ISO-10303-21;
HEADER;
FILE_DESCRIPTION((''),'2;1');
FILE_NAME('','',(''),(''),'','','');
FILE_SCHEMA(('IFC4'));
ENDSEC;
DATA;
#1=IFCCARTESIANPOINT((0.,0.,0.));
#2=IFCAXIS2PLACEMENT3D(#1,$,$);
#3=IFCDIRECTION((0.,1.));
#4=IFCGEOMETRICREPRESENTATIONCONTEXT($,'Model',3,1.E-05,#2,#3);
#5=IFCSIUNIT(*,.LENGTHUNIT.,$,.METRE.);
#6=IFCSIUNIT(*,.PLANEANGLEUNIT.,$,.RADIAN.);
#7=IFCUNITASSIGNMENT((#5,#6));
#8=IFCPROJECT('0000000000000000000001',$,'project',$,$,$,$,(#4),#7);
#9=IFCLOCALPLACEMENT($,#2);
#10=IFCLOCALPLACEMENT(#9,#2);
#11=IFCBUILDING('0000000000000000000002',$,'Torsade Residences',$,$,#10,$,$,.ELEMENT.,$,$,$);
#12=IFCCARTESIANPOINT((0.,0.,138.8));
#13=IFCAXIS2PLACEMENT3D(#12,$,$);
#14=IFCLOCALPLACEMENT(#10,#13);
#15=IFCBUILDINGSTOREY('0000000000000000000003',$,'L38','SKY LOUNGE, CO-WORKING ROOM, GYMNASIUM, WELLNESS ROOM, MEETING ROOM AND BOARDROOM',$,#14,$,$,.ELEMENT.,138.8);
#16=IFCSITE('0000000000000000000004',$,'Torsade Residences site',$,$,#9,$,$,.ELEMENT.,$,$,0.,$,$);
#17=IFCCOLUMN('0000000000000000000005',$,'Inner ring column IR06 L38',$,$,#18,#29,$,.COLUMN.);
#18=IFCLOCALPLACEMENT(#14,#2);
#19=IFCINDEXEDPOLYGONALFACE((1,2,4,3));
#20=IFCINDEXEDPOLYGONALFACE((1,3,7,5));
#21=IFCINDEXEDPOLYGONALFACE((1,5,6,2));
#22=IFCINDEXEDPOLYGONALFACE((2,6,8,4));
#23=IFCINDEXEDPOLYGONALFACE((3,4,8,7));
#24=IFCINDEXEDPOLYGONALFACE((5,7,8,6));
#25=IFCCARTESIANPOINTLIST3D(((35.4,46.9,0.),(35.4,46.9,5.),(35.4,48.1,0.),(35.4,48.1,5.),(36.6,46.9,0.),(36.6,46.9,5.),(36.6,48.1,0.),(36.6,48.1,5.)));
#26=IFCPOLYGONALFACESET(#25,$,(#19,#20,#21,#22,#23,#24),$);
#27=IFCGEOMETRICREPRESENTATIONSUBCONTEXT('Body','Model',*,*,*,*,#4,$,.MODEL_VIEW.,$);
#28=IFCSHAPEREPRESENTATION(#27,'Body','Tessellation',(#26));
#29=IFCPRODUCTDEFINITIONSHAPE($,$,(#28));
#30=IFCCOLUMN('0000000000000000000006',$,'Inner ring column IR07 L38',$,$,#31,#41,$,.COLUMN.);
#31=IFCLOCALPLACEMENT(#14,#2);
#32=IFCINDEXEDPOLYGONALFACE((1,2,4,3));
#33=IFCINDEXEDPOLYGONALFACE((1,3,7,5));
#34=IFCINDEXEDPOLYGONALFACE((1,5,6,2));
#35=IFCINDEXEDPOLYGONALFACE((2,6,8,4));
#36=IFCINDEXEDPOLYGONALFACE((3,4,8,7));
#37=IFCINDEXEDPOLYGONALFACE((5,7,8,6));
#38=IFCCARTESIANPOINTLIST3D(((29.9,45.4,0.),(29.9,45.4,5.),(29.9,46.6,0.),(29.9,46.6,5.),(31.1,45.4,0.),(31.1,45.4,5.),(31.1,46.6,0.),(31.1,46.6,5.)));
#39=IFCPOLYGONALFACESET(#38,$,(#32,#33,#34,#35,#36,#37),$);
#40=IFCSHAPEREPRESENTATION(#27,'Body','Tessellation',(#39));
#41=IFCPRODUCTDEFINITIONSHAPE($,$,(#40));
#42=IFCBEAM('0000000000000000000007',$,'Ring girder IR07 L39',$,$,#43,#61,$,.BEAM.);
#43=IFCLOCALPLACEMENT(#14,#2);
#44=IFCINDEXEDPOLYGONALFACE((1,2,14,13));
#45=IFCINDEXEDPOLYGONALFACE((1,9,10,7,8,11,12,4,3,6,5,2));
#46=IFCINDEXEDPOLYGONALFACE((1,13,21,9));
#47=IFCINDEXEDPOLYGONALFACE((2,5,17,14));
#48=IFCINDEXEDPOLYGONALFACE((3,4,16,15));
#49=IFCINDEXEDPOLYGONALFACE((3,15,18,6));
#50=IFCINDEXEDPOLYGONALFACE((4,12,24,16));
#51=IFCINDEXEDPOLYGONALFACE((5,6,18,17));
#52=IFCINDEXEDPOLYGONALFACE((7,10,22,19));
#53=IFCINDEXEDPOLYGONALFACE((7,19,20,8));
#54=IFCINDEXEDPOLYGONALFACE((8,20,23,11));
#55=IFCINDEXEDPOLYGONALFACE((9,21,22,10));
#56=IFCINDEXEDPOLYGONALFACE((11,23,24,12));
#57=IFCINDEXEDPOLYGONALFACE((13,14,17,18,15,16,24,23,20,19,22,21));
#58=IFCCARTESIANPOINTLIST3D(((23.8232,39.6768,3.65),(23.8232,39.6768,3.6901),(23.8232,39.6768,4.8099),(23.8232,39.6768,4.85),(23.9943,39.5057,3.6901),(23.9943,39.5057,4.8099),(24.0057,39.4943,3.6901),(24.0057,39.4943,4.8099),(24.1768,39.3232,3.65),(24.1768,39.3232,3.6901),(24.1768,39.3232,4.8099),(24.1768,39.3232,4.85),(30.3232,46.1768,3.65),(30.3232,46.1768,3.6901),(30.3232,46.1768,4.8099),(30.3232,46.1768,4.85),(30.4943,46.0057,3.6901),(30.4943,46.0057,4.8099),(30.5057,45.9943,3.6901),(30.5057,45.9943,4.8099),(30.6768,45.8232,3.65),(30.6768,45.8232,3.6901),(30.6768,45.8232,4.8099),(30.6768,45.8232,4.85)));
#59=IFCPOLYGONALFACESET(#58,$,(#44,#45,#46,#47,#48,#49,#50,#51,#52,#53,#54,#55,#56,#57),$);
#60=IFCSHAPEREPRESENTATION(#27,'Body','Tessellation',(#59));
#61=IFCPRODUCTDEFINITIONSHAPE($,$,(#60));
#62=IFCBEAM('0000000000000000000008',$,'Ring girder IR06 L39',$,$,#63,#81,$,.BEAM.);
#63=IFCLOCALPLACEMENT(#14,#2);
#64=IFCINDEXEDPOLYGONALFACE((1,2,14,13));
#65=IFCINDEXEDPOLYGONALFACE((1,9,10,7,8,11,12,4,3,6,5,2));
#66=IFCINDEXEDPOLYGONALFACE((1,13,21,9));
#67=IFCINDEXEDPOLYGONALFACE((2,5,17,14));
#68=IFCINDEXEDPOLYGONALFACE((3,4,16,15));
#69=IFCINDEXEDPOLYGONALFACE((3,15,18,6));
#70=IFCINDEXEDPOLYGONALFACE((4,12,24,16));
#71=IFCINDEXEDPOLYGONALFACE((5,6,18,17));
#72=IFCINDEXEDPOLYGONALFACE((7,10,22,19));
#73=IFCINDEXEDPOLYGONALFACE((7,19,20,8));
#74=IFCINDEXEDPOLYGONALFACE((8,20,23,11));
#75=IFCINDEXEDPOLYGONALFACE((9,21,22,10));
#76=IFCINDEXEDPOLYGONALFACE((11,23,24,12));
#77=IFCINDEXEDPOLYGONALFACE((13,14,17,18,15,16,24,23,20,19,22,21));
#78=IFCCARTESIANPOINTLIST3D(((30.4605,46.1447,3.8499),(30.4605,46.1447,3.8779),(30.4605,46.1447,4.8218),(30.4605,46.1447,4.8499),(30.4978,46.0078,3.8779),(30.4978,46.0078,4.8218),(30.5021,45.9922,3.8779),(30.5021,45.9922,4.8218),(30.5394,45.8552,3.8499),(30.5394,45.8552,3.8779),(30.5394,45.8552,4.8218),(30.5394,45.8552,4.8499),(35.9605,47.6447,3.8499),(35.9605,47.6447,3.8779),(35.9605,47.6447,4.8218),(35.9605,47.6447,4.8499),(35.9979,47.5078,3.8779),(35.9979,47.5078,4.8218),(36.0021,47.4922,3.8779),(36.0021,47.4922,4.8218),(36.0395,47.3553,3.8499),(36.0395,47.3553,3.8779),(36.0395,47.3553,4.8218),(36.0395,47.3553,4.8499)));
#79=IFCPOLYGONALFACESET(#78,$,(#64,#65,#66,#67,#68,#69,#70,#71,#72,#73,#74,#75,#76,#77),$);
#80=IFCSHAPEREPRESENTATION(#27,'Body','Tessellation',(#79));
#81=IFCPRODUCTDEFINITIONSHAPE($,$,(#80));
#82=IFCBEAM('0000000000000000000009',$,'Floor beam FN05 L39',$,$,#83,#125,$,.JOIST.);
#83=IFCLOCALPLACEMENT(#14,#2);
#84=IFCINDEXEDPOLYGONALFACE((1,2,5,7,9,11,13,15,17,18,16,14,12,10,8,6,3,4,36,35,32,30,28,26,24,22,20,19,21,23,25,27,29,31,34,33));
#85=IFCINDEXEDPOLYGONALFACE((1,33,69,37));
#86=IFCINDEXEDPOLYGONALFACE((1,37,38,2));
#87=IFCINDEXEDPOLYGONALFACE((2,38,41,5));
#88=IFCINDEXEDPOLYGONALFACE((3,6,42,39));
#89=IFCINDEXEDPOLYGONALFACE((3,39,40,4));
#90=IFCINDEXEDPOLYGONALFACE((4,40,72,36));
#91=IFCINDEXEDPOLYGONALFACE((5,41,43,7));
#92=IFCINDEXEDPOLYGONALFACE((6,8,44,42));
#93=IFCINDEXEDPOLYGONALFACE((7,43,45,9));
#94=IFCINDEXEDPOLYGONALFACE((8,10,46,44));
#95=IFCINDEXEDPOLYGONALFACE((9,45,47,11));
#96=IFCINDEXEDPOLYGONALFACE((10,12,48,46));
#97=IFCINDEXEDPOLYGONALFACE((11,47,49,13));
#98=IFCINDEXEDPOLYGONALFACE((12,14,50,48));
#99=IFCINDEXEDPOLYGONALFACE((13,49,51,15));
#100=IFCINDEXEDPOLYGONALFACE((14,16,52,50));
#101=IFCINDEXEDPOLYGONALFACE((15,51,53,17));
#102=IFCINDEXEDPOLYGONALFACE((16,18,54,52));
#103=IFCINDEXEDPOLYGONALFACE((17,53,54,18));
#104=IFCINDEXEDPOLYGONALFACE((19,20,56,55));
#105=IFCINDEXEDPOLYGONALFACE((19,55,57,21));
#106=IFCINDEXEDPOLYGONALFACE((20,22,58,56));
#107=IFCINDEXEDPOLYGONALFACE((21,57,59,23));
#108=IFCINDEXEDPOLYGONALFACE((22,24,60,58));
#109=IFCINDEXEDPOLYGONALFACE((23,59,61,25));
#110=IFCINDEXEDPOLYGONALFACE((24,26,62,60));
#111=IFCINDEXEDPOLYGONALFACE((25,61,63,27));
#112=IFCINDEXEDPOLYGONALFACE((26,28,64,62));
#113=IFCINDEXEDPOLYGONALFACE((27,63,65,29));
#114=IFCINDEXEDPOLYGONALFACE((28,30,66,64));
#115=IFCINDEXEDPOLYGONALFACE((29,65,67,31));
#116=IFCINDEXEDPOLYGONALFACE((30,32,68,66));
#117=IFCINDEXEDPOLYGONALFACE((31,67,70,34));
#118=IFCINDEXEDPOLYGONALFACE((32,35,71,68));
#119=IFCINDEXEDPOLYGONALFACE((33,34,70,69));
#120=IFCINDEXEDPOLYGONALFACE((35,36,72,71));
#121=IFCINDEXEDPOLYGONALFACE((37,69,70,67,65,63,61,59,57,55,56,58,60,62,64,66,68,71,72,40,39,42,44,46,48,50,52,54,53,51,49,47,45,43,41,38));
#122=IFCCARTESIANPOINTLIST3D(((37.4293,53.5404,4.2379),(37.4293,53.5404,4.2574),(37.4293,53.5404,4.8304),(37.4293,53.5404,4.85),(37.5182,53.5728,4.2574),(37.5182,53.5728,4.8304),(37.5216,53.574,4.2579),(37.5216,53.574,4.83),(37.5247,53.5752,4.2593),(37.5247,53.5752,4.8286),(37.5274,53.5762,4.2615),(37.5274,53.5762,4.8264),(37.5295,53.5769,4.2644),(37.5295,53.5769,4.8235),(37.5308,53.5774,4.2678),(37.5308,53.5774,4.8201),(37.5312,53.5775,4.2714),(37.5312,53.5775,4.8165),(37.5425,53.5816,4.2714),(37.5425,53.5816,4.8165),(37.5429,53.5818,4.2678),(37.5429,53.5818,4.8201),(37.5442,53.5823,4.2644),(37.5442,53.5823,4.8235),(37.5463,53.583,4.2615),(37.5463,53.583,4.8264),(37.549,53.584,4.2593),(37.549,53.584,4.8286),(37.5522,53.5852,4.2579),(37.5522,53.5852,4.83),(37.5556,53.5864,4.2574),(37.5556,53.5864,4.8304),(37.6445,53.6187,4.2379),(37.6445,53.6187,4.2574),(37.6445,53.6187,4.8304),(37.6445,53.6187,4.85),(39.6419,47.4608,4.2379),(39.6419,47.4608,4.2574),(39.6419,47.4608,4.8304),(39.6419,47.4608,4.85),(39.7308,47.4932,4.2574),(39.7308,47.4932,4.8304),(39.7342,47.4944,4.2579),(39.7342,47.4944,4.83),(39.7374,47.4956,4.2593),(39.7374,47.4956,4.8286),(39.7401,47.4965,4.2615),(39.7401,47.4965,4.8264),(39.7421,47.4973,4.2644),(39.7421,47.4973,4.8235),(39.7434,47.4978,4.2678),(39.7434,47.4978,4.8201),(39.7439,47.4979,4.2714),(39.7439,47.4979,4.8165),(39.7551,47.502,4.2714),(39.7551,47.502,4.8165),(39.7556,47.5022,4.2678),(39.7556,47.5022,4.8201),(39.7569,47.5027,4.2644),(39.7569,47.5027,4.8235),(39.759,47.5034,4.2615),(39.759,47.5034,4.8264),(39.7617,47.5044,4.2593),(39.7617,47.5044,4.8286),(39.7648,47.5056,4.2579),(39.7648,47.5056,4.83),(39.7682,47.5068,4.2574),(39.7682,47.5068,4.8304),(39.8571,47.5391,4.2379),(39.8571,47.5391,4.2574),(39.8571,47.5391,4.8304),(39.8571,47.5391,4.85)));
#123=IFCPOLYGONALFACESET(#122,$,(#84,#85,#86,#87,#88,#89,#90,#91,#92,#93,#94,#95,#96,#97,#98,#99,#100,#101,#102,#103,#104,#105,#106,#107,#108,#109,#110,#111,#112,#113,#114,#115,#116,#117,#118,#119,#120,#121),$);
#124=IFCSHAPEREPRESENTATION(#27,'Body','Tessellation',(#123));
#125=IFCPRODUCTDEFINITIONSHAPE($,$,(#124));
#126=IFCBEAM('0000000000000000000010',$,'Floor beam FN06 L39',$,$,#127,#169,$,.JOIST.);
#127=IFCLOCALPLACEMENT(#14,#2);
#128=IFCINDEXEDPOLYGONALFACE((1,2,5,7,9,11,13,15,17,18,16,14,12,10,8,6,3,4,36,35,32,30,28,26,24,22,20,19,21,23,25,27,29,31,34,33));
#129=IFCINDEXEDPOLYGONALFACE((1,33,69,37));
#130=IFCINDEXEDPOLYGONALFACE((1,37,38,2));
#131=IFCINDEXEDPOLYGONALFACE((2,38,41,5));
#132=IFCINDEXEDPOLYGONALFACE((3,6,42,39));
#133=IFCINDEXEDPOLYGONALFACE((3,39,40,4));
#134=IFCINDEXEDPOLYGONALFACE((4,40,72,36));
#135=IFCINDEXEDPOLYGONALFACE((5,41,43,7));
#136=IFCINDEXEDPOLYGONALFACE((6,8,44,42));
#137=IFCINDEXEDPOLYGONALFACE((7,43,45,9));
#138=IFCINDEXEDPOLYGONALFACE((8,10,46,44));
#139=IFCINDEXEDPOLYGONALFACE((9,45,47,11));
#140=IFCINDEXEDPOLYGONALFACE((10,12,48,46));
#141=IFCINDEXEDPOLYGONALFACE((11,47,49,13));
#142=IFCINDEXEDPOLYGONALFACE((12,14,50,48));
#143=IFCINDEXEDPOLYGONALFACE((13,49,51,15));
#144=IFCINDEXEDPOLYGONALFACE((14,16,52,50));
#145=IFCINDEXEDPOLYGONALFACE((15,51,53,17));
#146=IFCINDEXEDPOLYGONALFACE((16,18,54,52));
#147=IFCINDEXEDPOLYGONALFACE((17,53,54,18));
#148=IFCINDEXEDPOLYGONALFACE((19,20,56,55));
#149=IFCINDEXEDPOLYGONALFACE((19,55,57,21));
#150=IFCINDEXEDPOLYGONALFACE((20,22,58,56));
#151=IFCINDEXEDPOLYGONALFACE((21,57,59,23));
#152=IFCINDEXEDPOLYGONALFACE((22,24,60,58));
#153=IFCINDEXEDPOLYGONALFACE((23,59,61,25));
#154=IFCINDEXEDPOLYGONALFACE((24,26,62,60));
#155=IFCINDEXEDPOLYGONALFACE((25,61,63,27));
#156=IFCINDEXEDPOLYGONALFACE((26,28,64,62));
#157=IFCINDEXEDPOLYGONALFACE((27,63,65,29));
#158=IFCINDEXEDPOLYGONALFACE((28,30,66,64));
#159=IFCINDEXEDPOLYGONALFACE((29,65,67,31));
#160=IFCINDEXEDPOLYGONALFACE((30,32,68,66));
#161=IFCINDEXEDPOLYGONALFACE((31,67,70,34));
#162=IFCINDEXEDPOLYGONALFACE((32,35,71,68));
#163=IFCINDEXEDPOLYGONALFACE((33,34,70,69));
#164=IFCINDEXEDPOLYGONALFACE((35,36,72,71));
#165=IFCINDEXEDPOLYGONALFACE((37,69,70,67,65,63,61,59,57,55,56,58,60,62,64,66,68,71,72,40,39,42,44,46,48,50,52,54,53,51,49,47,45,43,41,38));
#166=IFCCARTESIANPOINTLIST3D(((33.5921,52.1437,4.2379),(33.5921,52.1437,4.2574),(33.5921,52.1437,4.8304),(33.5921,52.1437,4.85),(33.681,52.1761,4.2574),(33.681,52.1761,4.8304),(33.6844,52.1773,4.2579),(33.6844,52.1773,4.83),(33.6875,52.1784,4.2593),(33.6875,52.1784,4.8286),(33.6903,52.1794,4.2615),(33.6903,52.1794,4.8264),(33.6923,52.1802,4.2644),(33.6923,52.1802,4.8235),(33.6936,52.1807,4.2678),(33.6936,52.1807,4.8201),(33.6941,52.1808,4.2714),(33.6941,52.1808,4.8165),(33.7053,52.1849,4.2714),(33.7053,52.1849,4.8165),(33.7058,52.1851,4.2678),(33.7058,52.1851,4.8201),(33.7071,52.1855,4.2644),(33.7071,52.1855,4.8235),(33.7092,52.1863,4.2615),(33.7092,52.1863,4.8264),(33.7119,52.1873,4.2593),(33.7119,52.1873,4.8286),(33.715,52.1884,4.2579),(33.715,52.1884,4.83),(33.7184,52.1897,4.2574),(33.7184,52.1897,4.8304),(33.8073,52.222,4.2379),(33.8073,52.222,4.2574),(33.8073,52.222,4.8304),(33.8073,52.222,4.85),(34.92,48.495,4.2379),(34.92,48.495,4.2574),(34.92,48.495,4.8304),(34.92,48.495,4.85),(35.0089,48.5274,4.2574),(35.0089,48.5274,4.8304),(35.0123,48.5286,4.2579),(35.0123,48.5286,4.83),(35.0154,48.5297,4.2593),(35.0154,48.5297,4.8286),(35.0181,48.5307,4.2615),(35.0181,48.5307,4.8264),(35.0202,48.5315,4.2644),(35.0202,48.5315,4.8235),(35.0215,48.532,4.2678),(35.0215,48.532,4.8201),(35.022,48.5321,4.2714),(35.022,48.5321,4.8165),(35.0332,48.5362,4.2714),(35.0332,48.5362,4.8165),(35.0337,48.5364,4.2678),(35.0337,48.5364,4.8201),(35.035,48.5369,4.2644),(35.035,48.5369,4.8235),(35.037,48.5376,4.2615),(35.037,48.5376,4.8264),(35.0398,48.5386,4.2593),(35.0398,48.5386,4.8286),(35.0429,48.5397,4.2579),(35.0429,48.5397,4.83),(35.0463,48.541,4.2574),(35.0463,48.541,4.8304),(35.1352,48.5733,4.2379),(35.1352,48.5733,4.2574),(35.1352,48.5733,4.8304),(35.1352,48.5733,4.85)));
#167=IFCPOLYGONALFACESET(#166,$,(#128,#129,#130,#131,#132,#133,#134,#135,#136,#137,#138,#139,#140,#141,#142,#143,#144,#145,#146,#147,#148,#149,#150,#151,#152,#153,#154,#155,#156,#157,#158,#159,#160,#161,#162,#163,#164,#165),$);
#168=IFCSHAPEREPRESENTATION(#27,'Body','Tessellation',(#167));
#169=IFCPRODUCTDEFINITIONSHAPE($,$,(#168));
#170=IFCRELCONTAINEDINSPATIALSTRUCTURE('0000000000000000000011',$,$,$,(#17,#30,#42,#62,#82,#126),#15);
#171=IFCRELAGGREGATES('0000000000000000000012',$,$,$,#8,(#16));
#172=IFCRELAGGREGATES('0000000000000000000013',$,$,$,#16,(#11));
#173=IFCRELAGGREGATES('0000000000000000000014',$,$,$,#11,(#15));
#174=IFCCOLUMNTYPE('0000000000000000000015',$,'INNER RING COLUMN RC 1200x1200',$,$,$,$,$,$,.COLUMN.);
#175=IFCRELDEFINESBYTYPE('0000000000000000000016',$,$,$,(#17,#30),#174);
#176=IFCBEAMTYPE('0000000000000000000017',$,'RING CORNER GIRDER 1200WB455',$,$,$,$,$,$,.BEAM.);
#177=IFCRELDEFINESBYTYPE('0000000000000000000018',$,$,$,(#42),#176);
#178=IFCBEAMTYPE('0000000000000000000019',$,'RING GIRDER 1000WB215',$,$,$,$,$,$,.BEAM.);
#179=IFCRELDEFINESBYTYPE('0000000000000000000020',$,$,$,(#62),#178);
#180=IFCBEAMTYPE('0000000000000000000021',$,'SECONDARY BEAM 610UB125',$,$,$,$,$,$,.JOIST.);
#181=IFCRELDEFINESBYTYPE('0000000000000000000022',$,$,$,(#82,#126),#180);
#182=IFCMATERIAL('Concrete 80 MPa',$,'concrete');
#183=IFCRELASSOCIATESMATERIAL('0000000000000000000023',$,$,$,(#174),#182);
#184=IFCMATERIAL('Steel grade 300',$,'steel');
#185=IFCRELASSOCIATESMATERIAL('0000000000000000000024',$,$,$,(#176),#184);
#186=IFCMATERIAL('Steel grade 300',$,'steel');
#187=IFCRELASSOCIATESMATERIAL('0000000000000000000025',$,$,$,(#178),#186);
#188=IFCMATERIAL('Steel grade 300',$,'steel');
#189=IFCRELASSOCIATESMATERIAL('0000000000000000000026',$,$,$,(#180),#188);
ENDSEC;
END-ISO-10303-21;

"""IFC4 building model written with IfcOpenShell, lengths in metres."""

from ifc_helpers import new_model, si_unit, direction, frame, origin, origin_2d, place, context, subcontext, project, spatial, rectangle, i_section, extrude, material, material_profile, profile_set, type_object, element, save


model = new_model("IFC4")

# Units and contexts
model_context = context("Model", 3, precision=1e-05, world=origin(), true_north=direction((0.0, 1.0)))
body_context = subcontext(model_context, "Body", "Model", "MODEL_VIEW")
ifc_project = project(units=[si_unit("LENGTHUNIT", "METRE"), si_unit("PLANEANGLEUNIT", "RADIAN")], contexts=[model_context])

# Site, building, storey
site_placement = place(None, origin())
site = spatial("IfcSite", under=ifc_project, at=site_placement, Name="Torsade Residences site", CompositionType="ELEMENT", RefElevation=0.0)
building_placement = place(site_placement, origin())
building = spatial("IfcBuilding", under=site, at=building_placement, Name="Torsade Residences", CompositionType="ELEMENT")
storey_placement = place(building_placement, frame((0.0, 0.0, 138.8)))
storey = spatial("IfcBuildingStorey", under=building, at=storey_placement, Name="L38", Description="SKY LOUNGE, CO-WORKING ROOM, GYMNASIUM, WELLNESS ROOM, MEETING ROOM AND BOARDROOM", CompositionType="ELEMENT", Elevation=138.8)

# Columns
ifc_material_1 = material(Name="Concrete 80 MPa", Category="concrete")
ifc_material_profile_1 = material_profile(ifc_material_1, rectangle(XDim=1.2, YDim=1.2, at=origin_2d()), Name="RC 1200x1200")
ifc_profile_set_1 = profile_set([ifc_material_profile_1], Name="Concrete 80 MPa")
column_type = type_object("IfcColumnType", Name="INNER RING COLUMN RC 1200x1200", PredefinedType="COLUMN", material=ifc_profile_set_1)
for number, where, z_axis, x_axis, name in (
    (1, (36.0, 47.5, 0.0), (0.0, 0.0, 1.0), (1.0, 0.0, 0.0), "Inner ring column IR06 L38"),
    (2, (30.5, 46.0, 0.0), (0.0, 0.0, 1.0), (1.0, 0.0, 0.0), "Inner ring column IR07 L38"),
):
    element("IfcColumn", number, at=place(storey_placement, frame(where, z_axis=z_axis, x_axis=x_axis)), inside=storey, type_object=column_type, Name=name, PredefinedType="COLUMN", context=body_context, shape_type="SweptSolid", body=[
        extrude(rectangle(XDim=1.2, YDim=1.2, at=origin_2d()), origin(), (0.0, 0.0, 1.0), 5.0),
    ])

# Beams
ifc_material_2 = material(Name="Steel grade 300", Category="steel")
ifc_material_profile_2 = material_profile(ifc_material_2, i_section(OverallWidth=0.5, OverallDepth=1.2, WebThickness=0.0161, FlangeThickness=0.04, at=origin_2d()), Name="1200WB455")
ifc_profile_set_2 = profile_set([ifc_material_profile_2], Name="Steel grade 300")
beam_type_1 = type_object("IfcBeamType", Name="RING CORNER GIRDER 1200WB455", PredefinedType="BEAM", material=ifc_profile_set_2)
beam_1_placement = place(storey_placement, frame((30.5, 46.0, 4.25), z_axis=(-0.707107, -0.707107, 0.0), x_axis=(0.707107, -0.707107, 0.0)))
element("IfcBeam", 3, at=beam_1_placement, inside=storey, type_object=beam_type_1, Name="Ring girder IR07 L39", PredefinedType="BEAM", context=body_context, shape_type="SweptSolid", body=[
    extrude(i_section(OverallWidth=0.5, OverallDepth=1.2, WebThickness=0.0161, FlangeThickness=0.04, at=origin_2d()), origin(), (0.0, 0.0, 1.0), 9.1924),
])
ifc_material_3 = material(Name="Steel grade 300", Category="steel")
ifc_material_profile_3 = material_profile(ifc_material_3, i_section(OverallWidth=0.3, OverallDepth=1.0, WebThickness=0.0161, FlangeThickness=0.0281, at=origin_2d()), Name="1000WB215")
ifc_profile_set_3 = profile_set([ifc_material_profile_3], Name="Steel grade 300")
beam_type_2 = type_object("IfcBeamType", Name="RING GIRDER 1000WB215", PredefinedType="BEAM", material=ifc_profile_set_3)
beam_2_placement = place(storey_placement, frame((36.0, 47.5, 4.3499), z_axis=(-0.964764, -0.263117, 0.0), x_axis=(0.263117, -0.964764, 0.0)))
element("IfcBeam", 4, at=beam_2_placement, inside=storey, type_object=beam_type_2, Name="Ring girder IR06 L39", PredefinedType="BEAM", context=body_context, shape_type="SweptSolid", body=[
    extrude(i_section(OverallWidth=0.3, OverallDepth=1.0, WebThickness=0.0161, FlangeThickness=0.0281, at=origin_2d()), origin(), (0.0, 0.0, 1.0), 5.7009),
])
ifc_material_4 = material(Name="Steel grade 300", Category="steel")
ifc_material_profile_4 = material_profile(ifc_material_4, i_section(OverallWidth=0.229, OverallDepth=0.6121, WebThickness=0.012, FlangeThickness=0.0195, FilletRadius=0.0139, at=origin_2d()), Name="610UB125")
ifc_profile_set_4 = profile_set([ifc_material_profile_4], Name="Steel grade 300")
beam_type_3 = type_object("IfcBeamType", Name="SECONDARY BEAM 610UB125", PredefinedType="JOIST", material=ifc_profile_set_4)
beam_3_placement = place(storey_placement, frame((37.5369, 53.5796, 4.5439), z_axis=(0.342001, -0.9397, 0.0), x_axis=(0.9397, 0.342001, 0.0)))
element("IfcBeam", 5, at=beam_3_placement, inside=storey, type_object=beam_type_3, Name="Floor beam FN05 L39", PredefinedType="JOIST", context=body_context, shape_type="SweptSolid", body=[
    extrude(i_section(OverallWidth=0.229, OverallDepth=0.6121, WebThickness=0.012, FlangeThickness=0.0195, FilletRadius=0.0139, at=origin_2d()), origin(), (0.0, 0.0, 1.0), 6.4697),
])
beam_4_placement = place(storey_placement, frame((33.6997, 52.1829, 4.5439), z_axis=(0.34199, -0.939703, 0.0), x_axis=(0.939703, 0.34199, 0.0)))
element("IfcBeam", 6, at=beam_4_placement, inside=storey, type_object=beam_type_3, Name="Floor beam FN06 L39", PredefinedType="JOIST", context=body_context, shape_type="SweptSolid", body=[
    extrude(i_section(OverallWidth=0.229, OverallDepth=0.6121, WebThickness=0.012, FlangeThickness=0.0195, FilletRadius=0.0139, at=origin_2d()), origin(), (0.0, 0.0, 1.0), 3.8828),
])

save(model, "model.ifc")
